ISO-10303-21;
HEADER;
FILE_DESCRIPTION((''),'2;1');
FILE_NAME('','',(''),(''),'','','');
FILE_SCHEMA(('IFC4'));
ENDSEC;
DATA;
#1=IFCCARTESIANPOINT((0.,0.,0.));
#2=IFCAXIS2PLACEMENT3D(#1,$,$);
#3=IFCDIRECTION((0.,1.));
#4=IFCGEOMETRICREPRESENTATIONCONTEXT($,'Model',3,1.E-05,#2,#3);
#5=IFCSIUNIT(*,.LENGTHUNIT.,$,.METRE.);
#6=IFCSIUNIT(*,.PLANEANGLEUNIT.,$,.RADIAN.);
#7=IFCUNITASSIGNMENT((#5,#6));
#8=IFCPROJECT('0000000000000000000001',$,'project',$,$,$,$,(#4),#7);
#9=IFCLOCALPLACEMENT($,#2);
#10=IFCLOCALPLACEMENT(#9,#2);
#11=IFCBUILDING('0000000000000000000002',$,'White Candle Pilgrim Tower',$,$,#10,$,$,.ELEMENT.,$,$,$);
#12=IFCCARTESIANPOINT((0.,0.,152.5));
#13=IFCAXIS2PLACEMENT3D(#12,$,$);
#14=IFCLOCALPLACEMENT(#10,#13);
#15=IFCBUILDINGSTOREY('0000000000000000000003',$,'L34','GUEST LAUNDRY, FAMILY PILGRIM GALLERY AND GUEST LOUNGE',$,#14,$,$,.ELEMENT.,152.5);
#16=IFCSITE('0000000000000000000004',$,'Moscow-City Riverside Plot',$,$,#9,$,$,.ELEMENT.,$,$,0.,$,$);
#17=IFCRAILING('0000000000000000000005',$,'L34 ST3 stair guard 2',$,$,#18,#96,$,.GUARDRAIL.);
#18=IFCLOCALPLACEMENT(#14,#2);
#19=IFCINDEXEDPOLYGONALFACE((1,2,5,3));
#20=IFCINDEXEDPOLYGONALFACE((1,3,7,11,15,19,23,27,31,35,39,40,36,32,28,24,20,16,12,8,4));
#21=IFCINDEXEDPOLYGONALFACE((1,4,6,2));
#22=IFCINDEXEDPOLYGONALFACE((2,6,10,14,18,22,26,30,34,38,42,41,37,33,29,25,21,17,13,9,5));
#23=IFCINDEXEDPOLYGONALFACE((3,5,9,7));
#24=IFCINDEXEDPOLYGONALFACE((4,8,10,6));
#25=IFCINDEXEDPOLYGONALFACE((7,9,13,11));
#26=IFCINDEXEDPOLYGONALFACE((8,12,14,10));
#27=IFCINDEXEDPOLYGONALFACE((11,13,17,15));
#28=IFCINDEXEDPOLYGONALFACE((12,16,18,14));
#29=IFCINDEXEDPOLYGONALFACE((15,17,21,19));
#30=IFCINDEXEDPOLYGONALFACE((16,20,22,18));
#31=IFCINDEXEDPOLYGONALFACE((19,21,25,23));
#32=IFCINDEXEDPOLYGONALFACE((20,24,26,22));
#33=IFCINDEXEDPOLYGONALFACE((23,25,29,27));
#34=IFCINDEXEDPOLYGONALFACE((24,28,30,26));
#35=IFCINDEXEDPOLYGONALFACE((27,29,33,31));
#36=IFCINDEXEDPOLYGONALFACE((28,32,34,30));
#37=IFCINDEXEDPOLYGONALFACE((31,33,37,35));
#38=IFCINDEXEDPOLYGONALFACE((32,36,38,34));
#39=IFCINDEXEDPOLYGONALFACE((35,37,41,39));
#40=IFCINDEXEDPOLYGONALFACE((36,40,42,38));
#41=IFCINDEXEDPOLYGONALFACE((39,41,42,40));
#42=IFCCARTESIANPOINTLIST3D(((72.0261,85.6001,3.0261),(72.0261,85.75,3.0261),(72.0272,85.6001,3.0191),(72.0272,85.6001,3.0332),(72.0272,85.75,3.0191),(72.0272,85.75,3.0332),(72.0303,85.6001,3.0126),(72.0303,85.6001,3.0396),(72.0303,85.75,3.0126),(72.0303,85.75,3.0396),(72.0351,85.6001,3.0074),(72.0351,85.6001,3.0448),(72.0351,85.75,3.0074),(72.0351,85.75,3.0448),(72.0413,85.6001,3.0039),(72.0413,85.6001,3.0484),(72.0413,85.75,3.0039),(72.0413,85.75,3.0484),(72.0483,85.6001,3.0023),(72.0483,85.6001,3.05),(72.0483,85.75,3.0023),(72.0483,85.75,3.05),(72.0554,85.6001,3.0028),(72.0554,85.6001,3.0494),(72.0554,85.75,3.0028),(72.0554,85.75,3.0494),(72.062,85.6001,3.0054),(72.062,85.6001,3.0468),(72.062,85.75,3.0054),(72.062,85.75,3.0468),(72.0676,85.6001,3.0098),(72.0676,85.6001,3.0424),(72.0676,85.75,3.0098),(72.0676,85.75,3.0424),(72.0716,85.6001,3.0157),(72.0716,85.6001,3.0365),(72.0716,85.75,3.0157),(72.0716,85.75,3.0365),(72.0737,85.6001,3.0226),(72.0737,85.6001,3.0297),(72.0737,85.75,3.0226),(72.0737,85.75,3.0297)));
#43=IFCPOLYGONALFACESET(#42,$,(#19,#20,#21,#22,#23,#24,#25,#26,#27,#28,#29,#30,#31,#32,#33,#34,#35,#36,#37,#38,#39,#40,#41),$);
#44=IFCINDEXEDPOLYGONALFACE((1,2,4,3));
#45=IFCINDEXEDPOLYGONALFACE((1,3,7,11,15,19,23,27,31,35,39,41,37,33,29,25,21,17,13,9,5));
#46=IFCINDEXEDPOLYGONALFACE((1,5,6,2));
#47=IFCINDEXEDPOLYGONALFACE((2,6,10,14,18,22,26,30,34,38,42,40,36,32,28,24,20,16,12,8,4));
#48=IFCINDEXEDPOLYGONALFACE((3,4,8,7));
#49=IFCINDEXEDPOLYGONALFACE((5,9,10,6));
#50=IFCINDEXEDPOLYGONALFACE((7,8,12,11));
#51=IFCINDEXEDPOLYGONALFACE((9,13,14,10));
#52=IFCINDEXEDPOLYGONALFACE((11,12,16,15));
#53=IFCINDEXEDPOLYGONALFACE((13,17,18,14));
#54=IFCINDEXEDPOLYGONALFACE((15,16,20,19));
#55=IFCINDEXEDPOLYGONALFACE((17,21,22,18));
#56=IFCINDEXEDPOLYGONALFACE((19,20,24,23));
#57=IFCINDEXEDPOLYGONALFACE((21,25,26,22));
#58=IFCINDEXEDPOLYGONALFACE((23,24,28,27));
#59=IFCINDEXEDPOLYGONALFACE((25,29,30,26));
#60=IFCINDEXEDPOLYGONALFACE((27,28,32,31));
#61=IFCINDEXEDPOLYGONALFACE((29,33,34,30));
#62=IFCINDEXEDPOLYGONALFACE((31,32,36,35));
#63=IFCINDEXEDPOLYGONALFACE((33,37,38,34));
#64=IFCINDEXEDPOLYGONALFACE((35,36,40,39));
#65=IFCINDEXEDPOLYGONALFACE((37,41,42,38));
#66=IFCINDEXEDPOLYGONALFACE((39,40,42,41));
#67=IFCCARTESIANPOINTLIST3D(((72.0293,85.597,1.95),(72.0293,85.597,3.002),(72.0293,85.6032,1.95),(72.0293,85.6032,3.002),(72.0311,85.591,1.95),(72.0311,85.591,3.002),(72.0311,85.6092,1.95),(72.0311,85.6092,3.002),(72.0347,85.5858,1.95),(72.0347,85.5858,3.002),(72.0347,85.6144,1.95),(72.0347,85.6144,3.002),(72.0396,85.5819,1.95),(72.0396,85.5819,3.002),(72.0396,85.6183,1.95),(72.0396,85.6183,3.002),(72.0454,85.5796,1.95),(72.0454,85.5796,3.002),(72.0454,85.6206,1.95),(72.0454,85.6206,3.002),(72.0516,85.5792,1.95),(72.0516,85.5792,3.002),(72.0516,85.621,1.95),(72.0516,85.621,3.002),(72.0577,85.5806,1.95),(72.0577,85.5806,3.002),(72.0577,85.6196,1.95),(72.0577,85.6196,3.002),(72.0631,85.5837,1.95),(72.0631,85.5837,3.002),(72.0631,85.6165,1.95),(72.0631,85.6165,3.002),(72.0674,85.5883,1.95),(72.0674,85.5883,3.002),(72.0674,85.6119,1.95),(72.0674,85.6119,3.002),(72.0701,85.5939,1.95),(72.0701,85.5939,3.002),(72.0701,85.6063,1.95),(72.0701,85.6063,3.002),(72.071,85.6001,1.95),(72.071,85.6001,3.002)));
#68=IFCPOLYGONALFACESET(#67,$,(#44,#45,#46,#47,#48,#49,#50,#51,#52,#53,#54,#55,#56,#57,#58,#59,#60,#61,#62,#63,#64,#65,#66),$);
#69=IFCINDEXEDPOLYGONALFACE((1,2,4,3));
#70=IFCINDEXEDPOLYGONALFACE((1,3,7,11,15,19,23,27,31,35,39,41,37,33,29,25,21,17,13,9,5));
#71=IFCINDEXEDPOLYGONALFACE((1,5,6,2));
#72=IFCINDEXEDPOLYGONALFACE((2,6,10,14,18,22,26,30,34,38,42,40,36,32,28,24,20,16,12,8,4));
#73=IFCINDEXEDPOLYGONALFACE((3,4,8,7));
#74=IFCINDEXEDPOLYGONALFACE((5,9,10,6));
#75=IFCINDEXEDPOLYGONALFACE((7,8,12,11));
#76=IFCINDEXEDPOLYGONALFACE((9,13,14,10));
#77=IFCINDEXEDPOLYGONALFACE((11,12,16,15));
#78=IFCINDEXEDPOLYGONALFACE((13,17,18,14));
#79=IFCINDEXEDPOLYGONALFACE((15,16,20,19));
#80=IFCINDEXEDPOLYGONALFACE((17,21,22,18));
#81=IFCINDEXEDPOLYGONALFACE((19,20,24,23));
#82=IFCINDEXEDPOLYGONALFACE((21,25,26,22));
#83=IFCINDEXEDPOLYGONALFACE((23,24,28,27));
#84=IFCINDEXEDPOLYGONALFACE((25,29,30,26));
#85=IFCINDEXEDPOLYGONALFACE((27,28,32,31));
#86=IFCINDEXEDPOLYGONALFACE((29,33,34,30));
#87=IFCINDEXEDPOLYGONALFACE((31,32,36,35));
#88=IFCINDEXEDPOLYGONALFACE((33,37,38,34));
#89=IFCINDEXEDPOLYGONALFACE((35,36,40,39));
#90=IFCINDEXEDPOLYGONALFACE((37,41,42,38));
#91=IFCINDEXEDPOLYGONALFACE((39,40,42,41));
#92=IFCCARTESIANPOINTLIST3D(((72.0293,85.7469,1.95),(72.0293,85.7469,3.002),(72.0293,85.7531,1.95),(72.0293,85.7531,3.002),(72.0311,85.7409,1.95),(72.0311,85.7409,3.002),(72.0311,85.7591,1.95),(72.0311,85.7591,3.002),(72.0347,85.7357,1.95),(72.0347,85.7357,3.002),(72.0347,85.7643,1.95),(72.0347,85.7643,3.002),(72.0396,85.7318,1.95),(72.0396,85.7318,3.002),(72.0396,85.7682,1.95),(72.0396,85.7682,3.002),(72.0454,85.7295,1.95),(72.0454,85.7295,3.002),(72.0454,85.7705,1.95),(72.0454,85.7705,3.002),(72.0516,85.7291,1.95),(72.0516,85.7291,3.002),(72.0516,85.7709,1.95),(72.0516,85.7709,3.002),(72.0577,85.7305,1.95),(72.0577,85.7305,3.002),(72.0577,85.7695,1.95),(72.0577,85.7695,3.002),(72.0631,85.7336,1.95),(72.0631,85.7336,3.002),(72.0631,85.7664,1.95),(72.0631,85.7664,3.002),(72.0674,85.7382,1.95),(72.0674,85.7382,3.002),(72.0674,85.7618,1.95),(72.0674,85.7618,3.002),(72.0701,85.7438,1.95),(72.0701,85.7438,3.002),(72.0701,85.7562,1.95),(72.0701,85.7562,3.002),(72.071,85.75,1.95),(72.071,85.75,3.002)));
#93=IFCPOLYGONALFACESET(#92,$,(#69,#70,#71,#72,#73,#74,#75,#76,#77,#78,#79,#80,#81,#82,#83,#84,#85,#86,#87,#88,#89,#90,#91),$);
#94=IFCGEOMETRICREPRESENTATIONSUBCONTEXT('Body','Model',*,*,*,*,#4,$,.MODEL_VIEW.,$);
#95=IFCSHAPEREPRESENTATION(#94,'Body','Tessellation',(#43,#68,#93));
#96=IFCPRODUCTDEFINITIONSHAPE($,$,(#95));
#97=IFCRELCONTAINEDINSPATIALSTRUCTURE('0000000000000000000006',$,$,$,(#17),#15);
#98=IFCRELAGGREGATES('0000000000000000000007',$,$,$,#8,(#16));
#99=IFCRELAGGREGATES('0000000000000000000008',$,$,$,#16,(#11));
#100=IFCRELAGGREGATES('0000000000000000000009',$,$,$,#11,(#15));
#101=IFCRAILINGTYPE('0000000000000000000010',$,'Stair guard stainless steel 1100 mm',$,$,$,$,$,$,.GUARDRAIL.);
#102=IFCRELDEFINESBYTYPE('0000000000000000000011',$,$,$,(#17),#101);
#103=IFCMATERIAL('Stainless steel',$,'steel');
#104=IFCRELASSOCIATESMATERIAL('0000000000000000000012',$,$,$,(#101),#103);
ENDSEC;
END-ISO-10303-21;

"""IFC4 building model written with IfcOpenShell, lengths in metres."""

from ifc_helpers import new_model, si_unit, direction, frame, origin, origin_2d, place, context, subcontext, project, spatial, circle, extrude, material, type_object, element, save


model = new_model("IFC4")

# Units and contexts
model_context = context("Model", 3, precision=1e-05, world=origin(), true_north=direction((0.0, 1.0)))
body_context = subcontext(model_context, "Body", "Model", "MODEL_VIEW")
ifc_project = project(units=[si_unit("LENGTHUNIT", "METRE"), si_unit("PLANEANGLEUNIT", "RADIAN")], contexts=[model_context])

# Site, building, storey
site_placement = place(None, origin())
site = spatial("IfcSite", under=ifc_project, at=site_placement, Name="Moscow-City Riverside Plot", CompositionType="ELEMENT", RefElevation=0.0)
building_placement = place(site_placement, origin())
building = spatial("IfcBuilding", under=site, at=building_placement, Name="White Candle Pilgrim Tower", CompositionType="ELEMENT")
storey_placement = place(building_placement, frame((0.0, 0.0, 152.5)))
storey = spatial("IfcBuildingStorey", under=building, at=storey_placement, Name="L34", Description="GUEST LAUNDRY, FAMILY PILGRIM GALLERY AND GUEST LOUNGE", CompositionType="ELEMENT", Elevation=152.5)

# Shared definitions
ifc_material_1 = material(Name="Stainless steel", Category="steel")

# Railing
railing_type_1 = type_object("IfcRailingType", Name="Stair guard stainless steel 1100 mm", PredefinedType="GUARDRAIL", material=ifc_material_1)
railing_1_placement = place(storey_placement, frame((72.05, 85.6001, 1.95)))
element("IfcRailing", 1, at=railing_1_placement, inside=storey, type_object=railing_type_1, Name="L34 ST3 stair guard 2", PredefinedType="GUARDRAIL", context=body_context, shape_type="SweptSolid", body=[
    extrude(circle(Radius=0.0239, at=origin_2d()), frame((0.0, 0.0, 1.0762), z_axis=(0.0, 1.0, 0.0), x_axis=(-1.0, 0.0, 0.0)), (0.0, 0.0, 1.0), 0.1499),
    extrude(circle(Radius=0.021, at=origin_2d()), origin(), (0.0, 0.0, 1.0), 1.052),
    extrude(circle(Radius=0.021, at=origin_2d()), frame((0.0, 0.1499, 0.0)), (0.0, 0.0, 1.0), 1.052),
])

save(model, "model.ifc")
